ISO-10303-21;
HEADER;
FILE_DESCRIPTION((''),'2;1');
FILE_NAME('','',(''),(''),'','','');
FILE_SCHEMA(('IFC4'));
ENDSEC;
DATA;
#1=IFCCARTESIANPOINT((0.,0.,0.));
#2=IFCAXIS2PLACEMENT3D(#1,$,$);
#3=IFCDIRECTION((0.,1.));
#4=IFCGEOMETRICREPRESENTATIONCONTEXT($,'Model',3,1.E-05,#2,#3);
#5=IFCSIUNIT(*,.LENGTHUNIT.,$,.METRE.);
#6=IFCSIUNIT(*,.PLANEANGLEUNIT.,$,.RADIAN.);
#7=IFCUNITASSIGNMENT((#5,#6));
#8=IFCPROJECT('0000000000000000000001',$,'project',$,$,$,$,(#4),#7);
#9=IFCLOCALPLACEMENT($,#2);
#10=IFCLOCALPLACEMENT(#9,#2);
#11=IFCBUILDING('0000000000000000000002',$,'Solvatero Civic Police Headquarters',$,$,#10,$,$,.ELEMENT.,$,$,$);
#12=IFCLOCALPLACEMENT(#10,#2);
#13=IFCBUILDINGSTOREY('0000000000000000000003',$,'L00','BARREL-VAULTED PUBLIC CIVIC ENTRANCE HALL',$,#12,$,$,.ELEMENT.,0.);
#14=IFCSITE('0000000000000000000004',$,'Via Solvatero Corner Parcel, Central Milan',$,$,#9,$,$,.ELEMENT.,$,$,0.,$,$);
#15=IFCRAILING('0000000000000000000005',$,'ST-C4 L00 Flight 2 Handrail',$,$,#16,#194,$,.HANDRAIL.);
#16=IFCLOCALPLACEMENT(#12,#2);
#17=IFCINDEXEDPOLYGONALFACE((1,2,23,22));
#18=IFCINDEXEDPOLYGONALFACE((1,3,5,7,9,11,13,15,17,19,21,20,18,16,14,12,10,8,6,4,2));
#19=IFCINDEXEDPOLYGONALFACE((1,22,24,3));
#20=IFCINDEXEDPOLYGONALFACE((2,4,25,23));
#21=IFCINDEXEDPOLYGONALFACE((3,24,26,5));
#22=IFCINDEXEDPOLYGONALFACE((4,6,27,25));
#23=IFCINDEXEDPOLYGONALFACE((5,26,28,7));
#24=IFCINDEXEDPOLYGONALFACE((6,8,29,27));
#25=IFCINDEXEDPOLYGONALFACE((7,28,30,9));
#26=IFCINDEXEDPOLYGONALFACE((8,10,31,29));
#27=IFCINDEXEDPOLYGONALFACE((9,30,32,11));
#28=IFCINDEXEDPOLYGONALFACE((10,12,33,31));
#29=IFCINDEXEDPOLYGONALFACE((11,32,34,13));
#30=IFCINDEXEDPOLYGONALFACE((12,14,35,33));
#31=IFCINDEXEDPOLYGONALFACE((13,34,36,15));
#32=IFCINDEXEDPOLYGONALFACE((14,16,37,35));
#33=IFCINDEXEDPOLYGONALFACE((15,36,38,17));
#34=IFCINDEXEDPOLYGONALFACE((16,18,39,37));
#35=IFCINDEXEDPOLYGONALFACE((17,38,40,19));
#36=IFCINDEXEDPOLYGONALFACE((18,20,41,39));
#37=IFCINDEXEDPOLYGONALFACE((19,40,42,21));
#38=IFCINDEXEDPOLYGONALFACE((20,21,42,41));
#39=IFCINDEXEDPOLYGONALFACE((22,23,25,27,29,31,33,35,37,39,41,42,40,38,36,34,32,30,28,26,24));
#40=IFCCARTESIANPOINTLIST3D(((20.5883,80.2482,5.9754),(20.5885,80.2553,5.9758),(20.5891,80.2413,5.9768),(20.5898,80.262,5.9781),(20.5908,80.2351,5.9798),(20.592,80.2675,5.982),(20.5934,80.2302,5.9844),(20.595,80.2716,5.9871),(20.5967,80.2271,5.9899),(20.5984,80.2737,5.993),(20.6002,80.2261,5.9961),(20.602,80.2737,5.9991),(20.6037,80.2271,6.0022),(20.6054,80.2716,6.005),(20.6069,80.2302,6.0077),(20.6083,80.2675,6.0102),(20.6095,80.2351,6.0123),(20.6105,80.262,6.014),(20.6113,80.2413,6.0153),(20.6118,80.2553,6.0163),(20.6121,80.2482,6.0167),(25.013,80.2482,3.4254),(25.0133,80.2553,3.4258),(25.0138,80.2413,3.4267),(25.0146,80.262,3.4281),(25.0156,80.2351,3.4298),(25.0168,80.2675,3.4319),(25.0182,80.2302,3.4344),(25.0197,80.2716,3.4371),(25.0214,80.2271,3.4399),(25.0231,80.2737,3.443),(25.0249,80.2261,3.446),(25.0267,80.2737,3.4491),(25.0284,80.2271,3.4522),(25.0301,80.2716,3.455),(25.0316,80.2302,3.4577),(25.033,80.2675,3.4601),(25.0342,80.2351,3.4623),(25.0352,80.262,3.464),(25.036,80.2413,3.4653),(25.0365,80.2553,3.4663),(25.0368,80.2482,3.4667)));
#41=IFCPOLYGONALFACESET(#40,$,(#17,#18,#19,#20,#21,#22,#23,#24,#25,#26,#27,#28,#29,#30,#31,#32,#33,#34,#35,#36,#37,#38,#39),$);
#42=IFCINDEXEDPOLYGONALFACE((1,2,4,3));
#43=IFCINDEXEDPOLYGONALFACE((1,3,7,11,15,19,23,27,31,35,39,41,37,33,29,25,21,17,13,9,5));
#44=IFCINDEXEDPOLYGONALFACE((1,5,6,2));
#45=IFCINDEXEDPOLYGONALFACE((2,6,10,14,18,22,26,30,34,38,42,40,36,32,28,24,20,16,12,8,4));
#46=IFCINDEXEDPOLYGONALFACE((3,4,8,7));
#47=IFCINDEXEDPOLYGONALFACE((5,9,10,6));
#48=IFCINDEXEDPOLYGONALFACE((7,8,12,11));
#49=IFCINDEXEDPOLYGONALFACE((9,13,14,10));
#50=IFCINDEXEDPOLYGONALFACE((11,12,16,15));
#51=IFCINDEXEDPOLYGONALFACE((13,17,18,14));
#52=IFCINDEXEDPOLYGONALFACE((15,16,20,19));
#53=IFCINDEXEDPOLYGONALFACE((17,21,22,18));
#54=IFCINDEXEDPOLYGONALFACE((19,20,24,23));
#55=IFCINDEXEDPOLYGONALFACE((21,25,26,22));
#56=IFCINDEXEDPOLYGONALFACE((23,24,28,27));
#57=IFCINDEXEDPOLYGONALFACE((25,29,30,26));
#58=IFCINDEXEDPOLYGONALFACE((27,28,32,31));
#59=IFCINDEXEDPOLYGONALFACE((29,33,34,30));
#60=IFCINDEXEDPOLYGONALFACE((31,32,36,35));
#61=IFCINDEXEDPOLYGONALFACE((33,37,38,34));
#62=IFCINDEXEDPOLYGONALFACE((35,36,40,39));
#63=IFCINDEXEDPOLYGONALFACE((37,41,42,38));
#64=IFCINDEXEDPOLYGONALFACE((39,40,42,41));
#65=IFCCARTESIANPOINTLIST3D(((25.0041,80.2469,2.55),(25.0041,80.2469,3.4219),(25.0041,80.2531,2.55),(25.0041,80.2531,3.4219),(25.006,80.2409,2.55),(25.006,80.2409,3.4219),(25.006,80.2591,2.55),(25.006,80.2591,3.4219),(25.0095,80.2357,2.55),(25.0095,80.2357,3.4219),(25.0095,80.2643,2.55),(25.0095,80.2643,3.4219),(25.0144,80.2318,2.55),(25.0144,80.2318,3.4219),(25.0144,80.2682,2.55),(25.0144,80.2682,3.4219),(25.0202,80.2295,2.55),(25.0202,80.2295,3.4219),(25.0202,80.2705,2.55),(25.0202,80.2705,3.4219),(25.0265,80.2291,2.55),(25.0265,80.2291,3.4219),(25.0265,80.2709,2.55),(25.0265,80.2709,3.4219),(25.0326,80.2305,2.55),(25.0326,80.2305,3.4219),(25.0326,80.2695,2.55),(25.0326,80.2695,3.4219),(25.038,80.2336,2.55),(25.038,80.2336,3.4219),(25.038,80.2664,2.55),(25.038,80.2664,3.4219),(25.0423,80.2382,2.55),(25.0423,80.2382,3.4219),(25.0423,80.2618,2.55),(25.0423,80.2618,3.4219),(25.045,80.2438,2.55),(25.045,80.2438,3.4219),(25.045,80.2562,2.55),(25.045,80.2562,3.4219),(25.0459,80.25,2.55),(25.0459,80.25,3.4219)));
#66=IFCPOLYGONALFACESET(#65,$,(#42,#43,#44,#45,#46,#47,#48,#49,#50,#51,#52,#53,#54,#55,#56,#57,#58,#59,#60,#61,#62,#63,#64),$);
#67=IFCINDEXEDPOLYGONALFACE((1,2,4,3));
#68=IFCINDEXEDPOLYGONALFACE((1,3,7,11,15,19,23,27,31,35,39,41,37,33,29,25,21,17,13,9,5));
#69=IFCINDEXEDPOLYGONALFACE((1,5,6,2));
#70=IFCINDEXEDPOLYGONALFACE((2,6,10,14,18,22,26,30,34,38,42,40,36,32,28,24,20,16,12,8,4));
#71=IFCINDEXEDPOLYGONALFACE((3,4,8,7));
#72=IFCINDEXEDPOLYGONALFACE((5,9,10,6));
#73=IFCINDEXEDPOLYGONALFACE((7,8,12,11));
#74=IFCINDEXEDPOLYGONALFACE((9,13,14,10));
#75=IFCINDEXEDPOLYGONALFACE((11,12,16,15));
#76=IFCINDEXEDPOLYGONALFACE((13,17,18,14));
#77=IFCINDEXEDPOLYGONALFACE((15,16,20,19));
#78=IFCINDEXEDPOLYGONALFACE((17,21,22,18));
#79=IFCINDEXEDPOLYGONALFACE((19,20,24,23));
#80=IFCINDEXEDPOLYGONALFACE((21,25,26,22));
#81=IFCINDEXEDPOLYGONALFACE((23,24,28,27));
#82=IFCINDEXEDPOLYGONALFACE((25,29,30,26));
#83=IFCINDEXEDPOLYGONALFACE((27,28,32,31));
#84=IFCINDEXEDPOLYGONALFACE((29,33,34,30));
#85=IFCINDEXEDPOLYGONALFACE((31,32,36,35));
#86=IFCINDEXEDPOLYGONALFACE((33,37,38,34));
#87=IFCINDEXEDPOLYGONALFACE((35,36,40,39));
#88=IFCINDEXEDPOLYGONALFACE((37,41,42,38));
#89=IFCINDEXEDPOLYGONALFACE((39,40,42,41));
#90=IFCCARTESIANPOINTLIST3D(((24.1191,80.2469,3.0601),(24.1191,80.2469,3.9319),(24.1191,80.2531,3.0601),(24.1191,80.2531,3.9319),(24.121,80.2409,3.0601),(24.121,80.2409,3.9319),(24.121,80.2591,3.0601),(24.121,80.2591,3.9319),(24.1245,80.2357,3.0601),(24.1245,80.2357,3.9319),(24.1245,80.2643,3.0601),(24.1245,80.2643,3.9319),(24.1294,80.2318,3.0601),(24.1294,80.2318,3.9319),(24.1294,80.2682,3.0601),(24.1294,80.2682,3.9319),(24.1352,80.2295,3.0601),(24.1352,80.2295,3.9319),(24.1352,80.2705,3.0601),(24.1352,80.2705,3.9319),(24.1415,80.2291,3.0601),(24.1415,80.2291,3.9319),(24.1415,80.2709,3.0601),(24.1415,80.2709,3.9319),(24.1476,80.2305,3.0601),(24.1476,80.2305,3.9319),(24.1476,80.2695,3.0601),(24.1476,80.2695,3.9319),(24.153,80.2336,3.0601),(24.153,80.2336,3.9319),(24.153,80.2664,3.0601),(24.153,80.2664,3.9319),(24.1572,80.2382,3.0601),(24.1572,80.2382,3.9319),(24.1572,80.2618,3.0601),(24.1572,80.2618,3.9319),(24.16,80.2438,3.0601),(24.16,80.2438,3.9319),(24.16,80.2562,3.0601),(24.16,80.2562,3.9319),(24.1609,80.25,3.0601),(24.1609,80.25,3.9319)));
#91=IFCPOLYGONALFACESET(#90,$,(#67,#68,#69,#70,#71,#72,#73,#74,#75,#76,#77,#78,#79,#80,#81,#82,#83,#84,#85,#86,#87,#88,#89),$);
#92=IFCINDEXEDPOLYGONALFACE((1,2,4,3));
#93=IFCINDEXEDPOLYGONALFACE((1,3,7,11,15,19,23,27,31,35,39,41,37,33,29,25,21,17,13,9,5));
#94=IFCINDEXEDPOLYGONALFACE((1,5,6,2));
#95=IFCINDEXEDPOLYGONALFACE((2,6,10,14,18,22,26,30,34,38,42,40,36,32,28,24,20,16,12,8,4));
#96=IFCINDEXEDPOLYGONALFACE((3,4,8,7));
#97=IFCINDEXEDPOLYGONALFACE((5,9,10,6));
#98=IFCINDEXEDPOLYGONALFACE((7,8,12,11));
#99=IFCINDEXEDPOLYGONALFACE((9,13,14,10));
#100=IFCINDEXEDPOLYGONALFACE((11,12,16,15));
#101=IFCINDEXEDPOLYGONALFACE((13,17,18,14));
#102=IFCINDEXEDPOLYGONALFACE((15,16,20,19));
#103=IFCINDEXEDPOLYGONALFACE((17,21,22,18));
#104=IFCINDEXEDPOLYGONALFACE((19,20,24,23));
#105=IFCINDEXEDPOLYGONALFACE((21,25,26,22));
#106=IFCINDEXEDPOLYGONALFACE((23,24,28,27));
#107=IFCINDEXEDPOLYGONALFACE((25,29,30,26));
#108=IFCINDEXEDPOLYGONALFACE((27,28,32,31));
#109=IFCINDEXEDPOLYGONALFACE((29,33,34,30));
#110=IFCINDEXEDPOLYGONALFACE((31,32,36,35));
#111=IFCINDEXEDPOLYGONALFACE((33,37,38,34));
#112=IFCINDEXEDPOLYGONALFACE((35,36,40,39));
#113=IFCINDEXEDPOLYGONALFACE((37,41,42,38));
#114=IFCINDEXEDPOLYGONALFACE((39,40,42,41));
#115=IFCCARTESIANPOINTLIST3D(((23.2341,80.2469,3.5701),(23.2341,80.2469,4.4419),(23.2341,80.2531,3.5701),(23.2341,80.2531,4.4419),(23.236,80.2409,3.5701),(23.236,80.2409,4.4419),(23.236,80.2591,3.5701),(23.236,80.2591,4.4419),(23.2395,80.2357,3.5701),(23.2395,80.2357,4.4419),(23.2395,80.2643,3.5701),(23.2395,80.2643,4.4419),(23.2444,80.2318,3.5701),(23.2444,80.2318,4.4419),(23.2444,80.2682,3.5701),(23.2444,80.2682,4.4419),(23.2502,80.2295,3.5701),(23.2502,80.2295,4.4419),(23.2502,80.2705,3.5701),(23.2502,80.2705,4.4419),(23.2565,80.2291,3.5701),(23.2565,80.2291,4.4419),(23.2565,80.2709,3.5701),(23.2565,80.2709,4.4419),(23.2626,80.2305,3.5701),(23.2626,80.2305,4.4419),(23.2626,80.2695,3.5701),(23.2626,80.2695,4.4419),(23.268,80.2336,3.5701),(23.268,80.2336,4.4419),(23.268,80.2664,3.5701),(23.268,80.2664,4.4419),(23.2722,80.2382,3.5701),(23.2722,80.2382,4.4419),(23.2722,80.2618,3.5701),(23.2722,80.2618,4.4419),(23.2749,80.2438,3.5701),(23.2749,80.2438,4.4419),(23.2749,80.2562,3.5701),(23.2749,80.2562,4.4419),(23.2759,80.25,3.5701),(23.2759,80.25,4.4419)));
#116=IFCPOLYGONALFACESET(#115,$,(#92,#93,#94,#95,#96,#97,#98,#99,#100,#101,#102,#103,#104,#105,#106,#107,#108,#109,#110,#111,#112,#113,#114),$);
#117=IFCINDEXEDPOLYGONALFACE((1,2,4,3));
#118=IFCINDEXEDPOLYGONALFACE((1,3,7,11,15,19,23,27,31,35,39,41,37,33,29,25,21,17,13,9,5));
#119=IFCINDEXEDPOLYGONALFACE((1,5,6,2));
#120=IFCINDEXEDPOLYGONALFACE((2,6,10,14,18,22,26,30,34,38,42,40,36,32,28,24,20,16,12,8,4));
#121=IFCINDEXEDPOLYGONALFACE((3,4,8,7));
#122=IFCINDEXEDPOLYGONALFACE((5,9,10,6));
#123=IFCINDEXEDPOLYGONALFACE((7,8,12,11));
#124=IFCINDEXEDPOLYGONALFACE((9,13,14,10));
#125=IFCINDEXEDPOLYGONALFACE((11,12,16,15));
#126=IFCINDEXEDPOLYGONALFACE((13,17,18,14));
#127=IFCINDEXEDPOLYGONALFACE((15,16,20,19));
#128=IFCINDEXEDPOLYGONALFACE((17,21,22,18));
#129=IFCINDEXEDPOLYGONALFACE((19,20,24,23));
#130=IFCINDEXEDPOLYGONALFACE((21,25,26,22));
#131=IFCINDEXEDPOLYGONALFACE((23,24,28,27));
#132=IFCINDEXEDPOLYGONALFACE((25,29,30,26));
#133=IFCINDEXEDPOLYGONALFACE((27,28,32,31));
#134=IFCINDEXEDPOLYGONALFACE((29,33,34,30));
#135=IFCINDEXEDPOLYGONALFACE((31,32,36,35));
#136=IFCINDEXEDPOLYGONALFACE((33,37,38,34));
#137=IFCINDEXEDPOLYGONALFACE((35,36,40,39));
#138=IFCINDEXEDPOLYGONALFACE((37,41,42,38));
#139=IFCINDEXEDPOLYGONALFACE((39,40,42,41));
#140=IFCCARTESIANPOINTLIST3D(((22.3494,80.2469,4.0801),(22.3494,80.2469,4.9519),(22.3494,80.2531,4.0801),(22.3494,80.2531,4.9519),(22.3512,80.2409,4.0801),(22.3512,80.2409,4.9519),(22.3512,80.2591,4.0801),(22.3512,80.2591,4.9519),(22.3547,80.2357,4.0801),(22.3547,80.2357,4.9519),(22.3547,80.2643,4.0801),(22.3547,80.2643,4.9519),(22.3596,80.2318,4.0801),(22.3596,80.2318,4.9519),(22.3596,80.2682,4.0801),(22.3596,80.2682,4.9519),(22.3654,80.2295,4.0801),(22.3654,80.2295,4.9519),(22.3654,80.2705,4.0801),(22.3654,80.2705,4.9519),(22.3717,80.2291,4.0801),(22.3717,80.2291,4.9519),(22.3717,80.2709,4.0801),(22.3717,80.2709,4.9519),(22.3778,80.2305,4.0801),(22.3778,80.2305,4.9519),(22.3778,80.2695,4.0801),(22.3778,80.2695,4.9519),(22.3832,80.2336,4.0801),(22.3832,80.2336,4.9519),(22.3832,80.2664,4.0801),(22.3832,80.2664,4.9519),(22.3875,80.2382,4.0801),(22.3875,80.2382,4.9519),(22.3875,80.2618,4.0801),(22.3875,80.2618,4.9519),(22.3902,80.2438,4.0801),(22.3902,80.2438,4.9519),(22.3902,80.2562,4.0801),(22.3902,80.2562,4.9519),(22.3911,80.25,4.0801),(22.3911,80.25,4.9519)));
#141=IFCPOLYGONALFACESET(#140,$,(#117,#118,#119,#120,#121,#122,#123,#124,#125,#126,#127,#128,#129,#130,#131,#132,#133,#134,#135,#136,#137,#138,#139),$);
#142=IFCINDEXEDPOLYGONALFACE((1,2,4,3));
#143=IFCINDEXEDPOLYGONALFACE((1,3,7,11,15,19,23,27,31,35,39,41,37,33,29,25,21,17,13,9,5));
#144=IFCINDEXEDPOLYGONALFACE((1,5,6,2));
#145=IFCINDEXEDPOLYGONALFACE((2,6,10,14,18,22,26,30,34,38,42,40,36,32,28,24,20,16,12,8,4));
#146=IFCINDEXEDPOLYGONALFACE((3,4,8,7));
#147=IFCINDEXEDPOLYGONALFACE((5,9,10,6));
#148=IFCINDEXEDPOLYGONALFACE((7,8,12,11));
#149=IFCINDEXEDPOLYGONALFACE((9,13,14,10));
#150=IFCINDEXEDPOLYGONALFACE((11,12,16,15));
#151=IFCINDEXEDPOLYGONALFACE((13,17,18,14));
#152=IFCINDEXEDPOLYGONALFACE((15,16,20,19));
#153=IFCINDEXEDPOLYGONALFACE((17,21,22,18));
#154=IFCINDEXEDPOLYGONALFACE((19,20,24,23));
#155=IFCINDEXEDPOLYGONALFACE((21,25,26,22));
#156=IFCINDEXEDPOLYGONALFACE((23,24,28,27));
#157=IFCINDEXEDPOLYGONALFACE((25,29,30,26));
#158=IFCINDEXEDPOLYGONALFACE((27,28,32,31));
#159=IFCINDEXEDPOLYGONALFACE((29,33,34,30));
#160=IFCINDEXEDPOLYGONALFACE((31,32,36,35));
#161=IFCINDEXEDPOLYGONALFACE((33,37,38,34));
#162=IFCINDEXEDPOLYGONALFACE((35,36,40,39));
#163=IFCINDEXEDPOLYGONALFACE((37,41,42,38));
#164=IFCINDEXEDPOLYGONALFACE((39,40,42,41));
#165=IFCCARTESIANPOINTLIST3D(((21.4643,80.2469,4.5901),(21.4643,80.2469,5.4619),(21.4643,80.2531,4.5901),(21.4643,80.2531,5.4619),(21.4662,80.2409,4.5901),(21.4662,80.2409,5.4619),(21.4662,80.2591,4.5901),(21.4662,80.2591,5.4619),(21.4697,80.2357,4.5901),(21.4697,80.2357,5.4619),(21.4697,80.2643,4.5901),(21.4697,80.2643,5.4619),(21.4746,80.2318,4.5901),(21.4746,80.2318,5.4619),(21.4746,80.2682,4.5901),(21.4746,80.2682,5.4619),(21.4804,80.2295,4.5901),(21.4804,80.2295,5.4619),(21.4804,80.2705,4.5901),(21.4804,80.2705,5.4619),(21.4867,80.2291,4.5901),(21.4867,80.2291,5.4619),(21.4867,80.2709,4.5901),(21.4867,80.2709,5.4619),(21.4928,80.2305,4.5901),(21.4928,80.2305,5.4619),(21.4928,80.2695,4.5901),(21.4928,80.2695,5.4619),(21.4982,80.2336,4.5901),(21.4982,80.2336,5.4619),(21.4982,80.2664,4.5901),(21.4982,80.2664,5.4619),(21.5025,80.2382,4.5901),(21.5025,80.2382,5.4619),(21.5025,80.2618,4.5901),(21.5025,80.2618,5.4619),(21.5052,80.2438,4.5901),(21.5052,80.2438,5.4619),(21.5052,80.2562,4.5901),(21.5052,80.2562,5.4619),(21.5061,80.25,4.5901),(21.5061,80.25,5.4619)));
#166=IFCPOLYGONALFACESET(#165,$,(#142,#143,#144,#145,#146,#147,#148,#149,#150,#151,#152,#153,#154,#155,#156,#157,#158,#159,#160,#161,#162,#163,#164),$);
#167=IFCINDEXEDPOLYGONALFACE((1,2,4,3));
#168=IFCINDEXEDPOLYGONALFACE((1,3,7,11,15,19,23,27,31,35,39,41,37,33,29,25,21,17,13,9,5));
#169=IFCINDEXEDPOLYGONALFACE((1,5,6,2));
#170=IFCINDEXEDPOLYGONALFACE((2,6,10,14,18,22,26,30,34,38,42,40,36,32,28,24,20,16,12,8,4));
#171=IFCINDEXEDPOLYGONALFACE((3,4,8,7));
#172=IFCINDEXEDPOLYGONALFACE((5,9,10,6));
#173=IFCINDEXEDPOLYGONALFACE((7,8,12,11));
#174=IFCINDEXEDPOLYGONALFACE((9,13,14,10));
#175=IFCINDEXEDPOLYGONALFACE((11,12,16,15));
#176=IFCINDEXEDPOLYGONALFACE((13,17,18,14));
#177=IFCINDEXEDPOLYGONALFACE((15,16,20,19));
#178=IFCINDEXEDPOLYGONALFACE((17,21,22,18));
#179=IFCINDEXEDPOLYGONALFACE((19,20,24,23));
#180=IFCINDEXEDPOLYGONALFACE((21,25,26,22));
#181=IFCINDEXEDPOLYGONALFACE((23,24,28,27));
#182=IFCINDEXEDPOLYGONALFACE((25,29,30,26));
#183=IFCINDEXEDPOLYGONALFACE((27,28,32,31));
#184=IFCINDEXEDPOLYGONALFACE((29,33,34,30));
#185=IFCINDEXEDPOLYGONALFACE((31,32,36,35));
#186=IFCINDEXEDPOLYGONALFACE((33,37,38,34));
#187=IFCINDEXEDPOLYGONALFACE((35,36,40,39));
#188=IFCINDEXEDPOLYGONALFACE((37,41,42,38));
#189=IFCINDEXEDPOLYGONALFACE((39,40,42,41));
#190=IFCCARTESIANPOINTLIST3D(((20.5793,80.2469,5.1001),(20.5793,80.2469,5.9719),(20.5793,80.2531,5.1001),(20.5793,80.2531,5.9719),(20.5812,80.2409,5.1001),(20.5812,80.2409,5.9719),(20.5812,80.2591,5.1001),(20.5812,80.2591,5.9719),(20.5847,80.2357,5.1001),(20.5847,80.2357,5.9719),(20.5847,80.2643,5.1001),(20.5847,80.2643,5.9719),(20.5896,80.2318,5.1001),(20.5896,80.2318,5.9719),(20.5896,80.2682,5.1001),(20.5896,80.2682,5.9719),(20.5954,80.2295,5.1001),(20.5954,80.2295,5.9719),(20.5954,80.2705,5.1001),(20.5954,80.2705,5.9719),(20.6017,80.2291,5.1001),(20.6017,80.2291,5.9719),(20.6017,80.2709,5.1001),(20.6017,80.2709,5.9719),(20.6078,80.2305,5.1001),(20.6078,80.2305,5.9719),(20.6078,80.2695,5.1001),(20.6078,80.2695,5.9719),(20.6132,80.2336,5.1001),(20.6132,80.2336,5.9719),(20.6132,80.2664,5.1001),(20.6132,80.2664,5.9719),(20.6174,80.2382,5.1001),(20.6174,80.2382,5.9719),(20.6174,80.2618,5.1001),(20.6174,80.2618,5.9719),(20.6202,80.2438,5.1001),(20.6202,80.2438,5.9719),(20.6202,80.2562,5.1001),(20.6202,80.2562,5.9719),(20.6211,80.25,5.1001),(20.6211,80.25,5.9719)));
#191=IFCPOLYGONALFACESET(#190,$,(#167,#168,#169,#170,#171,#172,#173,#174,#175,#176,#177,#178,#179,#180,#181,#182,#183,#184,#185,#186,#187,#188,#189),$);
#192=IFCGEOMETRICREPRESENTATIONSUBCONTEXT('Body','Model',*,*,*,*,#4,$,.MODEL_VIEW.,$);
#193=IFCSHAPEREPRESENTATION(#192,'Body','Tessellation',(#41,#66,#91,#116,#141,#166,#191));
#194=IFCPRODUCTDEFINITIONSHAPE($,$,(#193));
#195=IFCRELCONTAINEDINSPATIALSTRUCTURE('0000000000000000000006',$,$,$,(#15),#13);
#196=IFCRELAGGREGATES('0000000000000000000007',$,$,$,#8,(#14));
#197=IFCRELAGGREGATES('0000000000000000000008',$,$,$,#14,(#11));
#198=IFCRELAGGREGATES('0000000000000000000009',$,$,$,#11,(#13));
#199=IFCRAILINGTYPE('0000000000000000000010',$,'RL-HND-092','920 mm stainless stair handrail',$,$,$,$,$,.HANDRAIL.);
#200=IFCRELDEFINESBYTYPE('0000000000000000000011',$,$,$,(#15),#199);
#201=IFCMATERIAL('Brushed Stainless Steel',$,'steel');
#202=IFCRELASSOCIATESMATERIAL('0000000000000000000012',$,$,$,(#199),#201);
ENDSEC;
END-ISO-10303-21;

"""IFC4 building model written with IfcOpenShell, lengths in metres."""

from ifc_helpers import new_model, si_unit, direction, frame, origin, origin_2d, place, context, subcontext, project, spatial, circle, extrude, material, type_object, element, save


model = new_model("IFC4")

# Units and contexts
model_context = context("Model", 3, precision=1e-05, world=origin(), true_north=direction((0.0, 1.0)))
body_context = subcontext(model_context, "Body", "Model", "MODEL_VIEW")
ifc_project = project(units=[si_unit("LENGTHUNIT", "METRE"), si_unit("PLANEANGLEUNIT", "RADIAN")], contexts=[model_context])

# Site, building, storey
site_placement = place(None, origin())
site = spatial("IfcSite", under=ifc_project, at=site_placement, Name="Via Solvatero Corner Parcel, Central Milan", CompositionType="ELEMENT", RefElevation=0.0)
building_placement = place(site_placement, origin())
building = spatial("IfcBuilding", under=site, at=building_placement, Name="Solvatero Civic Police Headquarters", CompositionType="ELEMENT")
storey_placement = place(building_placement, origin())
storey = spatial("IfcBuildingStorey", under=building, at=storey_placement, Name="L00", Description="BARREL-VAULTED PUBLIC CIVIC ENTRANCE HALL", CompositionType="ELEMENT", Elevation=0.0)

# Railing
ifc_material_1 = material(Name="Brushed Stainless Steel", Category="steel")
railing_type_1 = type_object("IfcRailingType", Name="RL-HND-092", Description="920 mm stainless stair handrail", PredefinedType="HANDRAIL", material=ifc_material_1)
railing_1_placement = place(storey_placement, frame((25.0249, 80.25, 2.55)))
element("IfcRailing", 1, at=railing_1_placement, inside=storey, type_object=railing_type_1, Name="ST-C4 L00 Flight 2 Handrail", PredefinedType="HANDRAIL", context=body_context, shape_type="SweptSolid", body=[
    extrude(circle(Radius=0.0239, at=origin_2d()), frame((0.0, 0.0, 0.896), z_axis=(-0.866416, 0.0, 0.499322), x_axis=(0.0, -1.0, 0.0)), (0.0, 0.0, 1.0), 5.1069),
    extrude(circle(Radius=0.021, at=origin_2d()), origin(), (0.0, 0.0, 1.0), 0.8718),
    extrude(circle(Radius=0.021, at=origin_2d()), frame((-0.885, 0.0, 0.51)), (0.0, 0.0, 1.0), 0.8718),
    extrude(circle(Radius=0.021, at=origin_2d()), frame((-1.77, 0.0, 1.02)), (0.0, 0.0, 1.0), 0.8718),
    extrude(circle(Radius=0.021, at=origin_2d()), frame((-2.6548, 0.0, 1.53)), (0.0, 0.0, 1.0), 0.8718),
    extrude(circle(Radius=0.021, at=origin_2d()), frame((-3.5398, 0.0, 2.04)), (0.0, 0.0, 1.0), 0.8718),
    extrude(circle(Radius=0.021, at=origin_2d()), frame((-4.4248, 0.0, 2.55)), (0.0, 0.0, 1.0), 0.8718),
])

save(model, "model.ifc")
